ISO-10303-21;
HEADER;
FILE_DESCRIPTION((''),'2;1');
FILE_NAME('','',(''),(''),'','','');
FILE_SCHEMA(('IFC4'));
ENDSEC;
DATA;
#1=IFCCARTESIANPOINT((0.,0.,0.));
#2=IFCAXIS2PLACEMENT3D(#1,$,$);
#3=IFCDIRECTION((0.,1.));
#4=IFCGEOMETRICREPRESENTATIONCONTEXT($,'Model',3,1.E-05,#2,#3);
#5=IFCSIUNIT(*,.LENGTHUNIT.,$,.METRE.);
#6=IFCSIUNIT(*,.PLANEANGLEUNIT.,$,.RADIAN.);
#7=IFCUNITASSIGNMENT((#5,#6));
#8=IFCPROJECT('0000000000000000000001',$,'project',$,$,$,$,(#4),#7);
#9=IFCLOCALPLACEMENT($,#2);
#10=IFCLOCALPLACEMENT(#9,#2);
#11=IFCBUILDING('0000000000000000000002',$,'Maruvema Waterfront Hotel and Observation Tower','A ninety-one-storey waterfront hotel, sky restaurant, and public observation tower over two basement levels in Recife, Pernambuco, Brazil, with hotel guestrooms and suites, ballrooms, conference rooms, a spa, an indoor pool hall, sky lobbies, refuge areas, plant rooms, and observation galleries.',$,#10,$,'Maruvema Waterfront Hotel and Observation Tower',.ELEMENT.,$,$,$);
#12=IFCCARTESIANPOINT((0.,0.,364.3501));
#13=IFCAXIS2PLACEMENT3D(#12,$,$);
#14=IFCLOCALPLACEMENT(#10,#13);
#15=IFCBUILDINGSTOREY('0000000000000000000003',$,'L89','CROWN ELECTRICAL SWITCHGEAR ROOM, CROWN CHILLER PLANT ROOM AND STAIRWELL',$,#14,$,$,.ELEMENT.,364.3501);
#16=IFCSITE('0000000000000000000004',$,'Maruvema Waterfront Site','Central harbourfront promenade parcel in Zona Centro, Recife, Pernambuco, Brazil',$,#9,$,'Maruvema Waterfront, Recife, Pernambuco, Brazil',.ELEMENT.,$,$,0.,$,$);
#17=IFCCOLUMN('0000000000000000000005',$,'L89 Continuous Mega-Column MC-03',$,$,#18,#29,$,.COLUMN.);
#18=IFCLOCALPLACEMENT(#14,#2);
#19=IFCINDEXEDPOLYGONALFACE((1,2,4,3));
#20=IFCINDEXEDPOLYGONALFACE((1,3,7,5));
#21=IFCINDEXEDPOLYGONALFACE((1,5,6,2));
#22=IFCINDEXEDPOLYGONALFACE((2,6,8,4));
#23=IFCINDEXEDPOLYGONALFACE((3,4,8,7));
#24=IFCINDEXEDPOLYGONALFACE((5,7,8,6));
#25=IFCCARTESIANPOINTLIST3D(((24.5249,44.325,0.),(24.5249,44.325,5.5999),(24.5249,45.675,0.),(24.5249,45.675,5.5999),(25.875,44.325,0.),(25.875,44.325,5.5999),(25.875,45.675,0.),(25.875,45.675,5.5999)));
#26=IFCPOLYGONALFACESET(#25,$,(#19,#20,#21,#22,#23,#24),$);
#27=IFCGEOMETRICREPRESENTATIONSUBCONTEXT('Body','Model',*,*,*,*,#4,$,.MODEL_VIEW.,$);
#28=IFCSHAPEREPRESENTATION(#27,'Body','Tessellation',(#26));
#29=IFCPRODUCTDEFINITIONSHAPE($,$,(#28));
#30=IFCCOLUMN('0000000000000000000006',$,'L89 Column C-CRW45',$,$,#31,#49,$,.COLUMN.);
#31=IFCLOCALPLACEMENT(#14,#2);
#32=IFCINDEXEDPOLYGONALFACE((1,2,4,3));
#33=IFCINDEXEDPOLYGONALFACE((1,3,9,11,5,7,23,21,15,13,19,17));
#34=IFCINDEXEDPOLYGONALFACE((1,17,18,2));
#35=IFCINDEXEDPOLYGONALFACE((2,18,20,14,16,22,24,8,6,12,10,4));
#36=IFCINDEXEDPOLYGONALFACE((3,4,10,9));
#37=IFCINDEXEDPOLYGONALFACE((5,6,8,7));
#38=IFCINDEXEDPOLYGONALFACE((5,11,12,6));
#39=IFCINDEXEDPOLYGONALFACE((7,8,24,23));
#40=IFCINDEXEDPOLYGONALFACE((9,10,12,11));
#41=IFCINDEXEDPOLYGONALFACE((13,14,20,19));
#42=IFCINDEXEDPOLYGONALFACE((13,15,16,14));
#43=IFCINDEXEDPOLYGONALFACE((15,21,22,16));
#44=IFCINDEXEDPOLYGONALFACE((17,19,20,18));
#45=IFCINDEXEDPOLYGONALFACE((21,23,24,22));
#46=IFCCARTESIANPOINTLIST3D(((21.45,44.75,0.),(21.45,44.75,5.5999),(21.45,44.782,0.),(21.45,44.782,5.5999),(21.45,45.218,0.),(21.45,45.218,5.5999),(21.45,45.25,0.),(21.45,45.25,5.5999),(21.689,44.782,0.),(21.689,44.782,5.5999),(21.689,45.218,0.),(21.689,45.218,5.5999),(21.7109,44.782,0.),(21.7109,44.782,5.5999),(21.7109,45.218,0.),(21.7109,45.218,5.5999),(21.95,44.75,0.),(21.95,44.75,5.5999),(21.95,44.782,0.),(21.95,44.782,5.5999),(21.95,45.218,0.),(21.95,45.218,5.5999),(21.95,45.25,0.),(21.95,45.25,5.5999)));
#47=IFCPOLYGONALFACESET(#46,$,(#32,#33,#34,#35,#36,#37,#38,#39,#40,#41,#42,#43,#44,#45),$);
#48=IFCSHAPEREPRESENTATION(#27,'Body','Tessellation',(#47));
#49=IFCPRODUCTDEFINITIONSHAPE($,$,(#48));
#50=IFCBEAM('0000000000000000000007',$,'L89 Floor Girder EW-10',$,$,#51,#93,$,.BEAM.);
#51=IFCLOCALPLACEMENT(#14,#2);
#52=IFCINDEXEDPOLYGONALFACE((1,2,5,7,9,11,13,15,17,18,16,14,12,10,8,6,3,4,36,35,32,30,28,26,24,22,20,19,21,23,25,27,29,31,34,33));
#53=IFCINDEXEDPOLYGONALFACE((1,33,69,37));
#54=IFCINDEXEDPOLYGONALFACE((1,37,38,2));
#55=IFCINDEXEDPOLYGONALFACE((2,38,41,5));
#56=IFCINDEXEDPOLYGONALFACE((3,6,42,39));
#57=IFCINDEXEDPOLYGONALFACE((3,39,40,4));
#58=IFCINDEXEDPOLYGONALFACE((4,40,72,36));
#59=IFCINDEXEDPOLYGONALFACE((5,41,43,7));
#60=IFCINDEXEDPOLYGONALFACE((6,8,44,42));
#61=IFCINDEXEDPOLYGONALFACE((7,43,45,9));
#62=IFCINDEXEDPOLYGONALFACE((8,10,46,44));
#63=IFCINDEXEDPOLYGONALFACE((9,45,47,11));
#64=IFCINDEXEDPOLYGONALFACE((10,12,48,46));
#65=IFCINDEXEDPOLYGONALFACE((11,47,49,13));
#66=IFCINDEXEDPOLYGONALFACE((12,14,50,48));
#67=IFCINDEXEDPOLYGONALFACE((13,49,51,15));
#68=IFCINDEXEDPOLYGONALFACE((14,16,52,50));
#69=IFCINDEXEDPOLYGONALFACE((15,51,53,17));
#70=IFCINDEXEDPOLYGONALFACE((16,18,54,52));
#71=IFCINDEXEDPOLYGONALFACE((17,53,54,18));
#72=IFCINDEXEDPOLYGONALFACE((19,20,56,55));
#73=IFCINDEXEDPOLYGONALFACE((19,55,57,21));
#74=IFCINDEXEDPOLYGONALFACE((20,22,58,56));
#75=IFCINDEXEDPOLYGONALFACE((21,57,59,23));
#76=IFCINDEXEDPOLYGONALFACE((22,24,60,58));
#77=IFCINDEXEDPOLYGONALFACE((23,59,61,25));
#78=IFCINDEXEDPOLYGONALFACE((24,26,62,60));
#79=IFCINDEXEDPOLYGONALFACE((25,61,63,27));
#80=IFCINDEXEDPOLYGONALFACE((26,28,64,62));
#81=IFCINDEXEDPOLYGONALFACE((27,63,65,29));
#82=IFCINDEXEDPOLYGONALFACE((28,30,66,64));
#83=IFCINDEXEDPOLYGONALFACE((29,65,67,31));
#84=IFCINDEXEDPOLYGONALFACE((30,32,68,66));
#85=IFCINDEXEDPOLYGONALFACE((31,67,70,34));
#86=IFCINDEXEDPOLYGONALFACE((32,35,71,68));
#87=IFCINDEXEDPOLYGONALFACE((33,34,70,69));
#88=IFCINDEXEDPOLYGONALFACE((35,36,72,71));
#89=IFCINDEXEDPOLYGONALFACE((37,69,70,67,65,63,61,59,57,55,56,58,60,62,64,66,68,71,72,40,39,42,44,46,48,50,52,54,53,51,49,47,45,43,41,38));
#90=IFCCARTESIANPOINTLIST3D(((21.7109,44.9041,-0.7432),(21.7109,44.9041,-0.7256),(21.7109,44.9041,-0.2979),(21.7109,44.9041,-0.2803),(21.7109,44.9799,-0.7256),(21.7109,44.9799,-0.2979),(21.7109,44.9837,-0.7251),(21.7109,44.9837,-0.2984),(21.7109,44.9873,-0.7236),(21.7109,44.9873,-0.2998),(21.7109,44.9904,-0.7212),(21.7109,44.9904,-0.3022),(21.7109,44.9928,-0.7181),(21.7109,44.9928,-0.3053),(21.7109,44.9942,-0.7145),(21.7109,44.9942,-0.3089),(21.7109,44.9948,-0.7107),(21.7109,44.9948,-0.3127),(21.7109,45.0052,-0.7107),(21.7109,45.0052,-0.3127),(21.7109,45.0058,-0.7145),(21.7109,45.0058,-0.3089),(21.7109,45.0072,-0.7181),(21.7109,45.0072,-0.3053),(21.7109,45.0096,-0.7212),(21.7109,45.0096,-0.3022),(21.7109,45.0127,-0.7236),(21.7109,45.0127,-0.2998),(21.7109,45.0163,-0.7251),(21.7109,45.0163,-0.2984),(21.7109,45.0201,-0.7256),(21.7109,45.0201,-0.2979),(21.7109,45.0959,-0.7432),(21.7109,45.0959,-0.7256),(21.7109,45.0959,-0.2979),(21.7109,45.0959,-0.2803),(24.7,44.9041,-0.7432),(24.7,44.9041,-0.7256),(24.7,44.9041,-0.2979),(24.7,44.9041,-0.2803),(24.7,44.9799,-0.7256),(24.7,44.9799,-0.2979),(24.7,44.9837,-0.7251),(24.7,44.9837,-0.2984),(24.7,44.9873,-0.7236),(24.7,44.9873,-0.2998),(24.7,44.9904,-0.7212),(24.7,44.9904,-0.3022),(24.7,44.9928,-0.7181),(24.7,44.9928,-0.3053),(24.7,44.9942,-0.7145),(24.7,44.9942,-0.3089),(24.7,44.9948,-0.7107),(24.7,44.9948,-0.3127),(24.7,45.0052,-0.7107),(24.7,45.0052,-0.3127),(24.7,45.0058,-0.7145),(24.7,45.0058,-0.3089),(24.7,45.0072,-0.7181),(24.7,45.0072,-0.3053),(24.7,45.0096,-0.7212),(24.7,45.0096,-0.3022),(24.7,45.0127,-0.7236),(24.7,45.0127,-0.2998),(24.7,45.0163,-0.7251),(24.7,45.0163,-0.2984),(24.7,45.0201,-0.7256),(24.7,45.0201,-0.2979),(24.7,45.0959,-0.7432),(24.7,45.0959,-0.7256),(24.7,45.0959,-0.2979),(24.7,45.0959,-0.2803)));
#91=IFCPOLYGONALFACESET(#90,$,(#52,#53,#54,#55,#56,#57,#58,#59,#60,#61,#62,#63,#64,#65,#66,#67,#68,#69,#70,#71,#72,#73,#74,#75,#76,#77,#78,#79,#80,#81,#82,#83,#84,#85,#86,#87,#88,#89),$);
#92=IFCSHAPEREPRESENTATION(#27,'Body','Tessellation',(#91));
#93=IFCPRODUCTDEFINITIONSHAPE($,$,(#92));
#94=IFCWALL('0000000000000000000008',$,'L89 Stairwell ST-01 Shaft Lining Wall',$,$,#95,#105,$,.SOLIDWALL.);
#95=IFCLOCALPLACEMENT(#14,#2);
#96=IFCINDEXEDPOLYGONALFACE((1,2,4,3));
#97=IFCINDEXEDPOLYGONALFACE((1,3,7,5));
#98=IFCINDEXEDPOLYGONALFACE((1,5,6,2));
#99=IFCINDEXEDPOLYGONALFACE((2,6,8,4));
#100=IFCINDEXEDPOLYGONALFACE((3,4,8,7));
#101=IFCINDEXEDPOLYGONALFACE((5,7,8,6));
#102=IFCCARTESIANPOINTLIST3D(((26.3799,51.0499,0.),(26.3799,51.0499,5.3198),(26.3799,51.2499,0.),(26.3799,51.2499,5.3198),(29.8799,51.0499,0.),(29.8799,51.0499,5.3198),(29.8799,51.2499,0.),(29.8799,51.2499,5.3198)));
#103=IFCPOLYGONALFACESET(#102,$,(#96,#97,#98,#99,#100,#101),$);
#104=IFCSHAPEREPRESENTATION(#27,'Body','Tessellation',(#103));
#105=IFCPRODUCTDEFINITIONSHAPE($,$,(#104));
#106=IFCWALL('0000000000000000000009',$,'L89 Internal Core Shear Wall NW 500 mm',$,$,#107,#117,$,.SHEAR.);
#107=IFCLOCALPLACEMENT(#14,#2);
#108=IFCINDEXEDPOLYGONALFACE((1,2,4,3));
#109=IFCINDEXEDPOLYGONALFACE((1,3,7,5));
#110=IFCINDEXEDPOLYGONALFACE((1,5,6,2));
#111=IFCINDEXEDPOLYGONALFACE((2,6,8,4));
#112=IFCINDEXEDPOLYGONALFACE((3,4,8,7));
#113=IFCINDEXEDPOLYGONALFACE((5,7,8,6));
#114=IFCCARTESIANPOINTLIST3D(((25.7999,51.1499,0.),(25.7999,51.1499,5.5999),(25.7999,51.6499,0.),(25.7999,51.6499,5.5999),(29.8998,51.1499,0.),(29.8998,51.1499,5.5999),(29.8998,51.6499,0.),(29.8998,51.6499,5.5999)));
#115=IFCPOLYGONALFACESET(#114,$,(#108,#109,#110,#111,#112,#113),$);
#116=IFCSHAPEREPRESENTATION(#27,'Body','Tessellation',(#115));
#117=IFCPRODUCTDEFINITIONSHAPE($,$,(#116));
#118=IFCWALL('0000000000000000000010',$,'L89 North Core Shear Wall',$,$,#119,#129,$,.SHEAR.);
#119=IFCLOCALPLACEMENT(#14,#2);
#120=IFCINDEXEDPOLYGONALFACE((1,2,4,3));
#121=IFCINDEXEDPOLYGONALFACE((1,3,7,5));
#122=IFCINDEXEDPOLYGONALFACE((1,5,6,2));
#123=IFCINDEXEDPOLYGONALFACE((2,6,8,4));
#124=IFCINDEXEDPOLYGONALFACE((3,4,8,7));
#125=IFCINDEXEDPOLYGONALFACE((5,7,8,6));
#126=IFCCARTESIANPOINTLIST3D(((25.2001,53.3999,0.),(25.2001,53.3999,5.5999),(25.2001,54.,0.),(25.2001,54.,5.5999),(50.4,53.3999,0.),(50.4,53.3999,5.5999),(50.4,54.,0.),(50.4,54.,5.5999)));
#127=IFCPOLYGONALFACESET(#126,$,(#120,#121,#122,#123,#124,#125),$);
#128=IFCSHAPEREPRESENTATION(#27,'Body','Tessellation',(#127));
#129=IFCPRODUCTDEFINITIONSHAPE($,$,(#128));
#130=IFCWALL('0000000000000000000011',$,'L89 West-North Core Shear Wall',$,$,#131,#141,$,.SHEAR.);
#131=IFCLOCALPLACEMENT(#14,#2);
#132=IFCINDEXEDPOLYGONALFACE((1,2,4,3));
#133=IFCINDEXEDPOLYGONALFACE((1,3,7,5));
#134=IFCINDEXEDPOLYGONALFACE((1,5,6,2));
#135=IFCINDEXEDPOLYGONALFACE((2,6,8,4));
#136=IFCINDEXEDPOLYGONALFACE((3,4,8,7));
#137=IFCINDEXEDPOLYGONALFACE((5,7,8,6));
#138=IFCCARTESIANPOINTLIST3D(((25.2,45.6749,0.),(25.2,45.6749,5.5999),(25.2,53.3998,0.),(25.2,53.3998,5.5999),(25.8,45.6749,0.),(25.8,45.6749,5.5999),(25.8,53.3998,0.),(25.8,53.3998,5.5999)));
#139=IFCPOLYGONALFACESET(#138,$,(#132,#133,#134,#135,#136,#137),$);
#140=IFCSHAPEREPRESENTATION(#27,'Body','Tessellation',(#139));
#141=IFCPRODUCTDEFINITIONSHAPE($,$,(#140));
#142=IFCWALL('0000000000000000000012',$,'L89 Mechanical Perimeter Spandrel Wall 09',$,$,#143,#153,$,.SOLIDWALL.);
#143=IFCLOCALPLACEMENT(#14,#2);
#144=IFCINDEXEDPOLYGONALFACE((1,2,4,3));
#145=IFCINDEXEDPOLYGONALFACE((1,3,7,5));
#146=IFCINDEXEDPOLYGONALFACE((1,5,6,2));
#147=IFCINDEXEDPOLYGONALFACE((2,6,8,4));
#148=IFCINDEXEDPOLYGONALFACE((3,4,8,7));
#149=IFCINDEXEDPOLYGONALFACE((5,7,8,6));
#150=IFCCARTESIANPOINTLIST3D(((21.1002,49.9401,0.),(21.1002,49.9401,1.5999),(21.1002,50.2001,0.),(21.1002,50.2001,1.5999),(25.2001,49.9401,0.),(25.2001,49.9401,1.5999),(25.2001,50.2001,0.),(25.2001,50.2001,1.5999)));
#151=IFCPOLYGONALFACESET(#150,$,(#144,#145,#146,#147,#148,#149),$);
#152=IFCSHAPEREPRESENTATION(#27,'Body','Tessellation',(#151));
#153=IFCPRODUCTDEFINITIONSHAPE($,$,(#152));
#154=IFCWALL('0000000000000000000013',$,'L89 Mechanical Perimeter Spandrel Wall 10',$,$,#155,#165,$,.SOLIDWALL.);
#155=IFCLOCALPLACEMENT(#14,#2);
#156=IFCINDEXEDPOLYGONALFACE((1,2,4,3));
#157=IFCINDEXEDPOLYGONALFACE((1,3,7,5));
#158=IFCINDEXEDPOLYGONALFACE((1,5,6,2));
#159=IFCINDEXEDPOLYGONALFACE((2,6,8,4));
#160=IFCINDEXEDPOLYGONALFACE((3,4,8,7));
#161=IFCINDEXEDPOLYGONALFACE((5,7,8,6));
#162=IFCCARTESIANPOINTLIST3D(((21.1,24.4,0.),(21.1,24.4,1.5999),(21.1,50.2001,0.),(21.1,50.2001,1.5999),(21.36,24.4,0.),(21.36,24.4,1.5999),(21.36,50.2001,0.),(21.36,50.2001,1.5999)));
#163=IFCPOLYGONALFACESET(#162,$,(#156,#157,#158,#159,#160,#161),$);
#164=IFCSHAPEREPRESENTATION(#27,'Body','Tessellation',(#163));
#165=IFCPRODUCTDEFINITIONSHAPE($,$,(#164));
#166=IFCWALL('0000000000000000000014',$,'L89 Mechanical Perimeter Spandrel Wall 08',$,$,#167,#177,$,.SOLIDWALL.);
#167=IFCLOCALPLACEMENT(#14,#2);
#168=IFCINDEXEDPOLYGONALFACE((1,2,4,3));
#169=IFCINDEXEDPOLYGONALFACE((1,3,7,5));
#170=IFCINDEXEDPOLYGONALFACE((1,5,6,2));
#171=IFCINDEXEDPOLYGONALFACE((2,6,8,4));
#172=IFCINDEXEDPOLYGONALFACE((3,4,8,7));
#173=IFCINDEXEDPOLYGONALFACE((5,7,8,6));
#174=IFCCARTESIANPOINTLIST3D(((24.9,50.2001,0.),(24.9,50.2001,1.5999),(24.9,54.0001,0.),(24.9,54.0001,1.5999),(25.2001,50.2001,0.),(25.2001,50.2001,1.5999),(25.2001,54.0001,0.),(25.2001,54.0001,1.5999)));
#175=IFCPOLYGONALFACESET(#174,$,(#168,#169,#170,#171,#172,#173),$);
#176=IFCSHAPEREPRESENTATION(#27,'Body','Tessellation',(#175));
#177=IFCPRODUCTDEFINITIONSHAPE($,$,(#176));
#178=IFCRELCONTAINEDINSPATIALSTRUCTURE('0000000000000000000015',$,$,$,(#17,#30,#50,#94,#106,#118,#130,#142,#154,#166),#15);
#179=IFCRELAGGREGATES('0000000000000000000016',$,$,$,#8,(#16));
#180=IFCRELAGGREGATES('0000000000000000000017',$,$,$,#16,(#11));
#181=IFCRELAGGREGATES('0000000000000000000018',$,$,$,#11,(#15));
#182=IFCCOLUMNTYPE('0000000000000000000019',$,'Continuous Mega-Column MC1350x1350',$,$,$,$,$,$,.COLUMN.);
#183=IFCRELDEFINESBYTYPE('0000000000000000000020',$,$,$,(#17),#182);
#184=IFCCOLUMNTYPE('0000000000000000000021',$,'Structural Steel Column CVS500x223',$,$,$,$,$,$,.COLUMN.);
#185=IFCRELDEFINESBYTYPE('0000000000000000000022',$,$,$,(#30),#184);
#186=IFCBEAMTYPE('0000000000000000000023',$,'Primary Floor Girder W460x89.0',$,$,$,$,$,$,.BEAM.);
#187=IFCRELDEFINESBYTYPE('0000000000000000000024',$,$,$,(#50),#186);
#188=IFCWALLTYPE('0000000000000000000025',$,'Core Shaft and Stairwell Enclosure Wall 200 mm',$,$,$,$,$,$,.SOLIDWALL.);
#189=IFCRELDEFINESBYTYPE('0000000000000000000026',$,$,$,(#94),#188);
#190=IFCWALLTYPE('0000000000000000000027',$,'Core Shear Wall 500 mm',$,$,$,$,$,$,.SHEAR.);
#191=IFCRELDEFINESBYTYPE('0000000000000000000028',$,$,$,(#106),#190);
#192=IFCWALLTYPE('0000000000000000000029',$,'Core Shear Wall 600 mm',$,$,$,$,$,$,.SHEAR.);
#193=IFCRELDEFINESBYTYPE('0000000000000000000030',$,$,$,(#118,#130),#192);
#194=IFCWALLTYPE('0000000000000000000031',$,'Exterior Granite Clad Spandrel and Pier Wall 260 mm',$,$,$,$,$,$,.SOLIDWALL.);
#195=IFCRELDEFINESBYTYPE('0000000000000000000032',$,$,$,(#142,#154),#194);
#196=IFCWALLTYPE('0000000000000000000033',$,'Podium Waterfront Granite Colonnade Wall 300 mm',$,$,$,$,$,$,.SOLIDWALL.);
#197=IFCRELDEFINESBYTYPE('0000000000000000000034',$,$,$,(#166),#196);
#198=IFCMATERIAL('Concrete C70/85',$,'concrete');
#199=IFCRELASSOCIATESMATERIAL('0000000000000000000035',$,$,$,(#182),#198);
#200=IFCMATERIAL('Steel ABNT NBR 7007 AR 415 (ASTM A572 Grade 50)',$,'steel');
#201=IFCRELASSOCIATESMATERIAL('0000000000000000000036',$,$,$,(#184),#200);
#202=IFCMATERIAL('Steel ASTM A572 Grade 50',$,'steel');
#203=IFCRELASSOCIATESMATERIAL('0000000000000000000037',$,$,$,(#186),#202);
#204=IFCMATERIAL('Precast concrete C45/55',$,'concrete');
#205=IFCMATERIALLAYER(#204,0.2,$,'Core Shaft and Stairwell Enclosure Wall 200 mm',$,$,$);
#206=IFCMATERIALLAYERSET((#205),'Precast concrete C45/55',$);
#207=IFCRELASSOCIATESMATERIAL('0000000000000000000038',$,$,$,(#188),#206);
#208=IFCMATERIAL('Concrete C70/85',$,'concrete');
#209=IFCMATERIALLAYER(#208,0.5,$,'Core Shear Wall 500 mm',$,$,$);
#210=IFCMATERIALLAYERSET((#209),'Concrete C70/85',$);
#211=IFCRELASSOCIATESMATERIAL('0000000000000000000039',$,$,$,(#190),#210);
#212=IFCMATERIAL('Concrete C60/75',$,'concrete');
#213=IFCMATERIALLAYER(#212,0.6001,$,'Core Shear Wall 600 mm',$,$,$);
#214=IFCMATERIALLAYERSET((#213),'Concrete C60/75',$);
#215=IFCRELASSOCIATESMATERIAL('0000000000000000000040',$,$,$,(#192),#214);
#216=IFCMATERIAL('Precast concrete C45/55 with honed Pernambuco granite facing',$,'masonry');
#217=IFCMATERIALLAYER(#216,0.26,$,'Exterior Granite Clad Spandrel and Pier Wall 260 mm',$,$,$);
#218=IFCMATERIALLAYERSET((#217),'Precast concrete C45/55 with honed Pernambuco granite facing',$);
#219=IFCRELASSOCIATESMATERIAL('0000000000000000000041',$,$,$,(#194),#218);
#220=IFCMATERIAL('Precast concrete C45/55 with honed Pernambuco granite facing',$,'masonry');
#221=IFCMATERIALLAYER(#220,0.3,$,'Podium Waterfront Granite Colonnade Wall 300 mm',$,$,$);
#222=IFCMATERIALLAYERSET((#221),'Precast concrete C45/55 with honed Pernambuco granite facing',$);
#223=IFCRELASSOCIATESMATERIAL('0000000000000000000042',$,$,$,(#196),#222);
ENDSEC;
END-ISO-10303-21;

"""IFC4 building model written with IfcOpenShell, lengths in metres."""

from ifc_helpers import new_model, si_unit, direction, frame, frame_2d, origin, origin_2d, place, context, subcontext, project, spatial, rectangle, i_section, extrude, material, layer, layer_set, material_profile, profile_set, type_object, element, save


model = new_model("IFC4")

# Units and contexts
model_context = context("Model", 3, precision=1e-05, world=origin(), true_north=direction((0.0, 1.0)))
body_context = subcontext(model_context, "Body", "Model", "MODEL_VIEW")
ifc_project = project(units=[si_unit("LENGTHUNIT", "METRE"), si_unit("PLANEANGLEUNIT", "RADIAN")], contexts=[model_context])

# Site, building, storey
site_placement = place(None, origin())
site = spatial("IfcSite", under=ifc_project, at=site_placement, Name="Maruvema Waterfront Site", Description="Central harbourfront promenade parcel in Zona Centro, Recife, Pernambuco, Brazil", LongName="Maruvema Waterfront, Recife, Pernambuco, Brazil", CompositionType="ELEMENT", RefElevation=0.0)
building_placement = place(site_placement, origin())
building = spatial("IfcBuilding", under=site, at=building_placement, Name="Maruvema Waterfront Hotel and Observation Tower", Description="A ninety-one-storey waterfront hotel, sky restaurant, and public observation tower over two basement levels in Recife, Pernambuco, Brazil, with hotel guestrooms and suites, ballrooms, conference rooms, a spa, an indoor pool hall, sky lobbies, refuge areas, plant rooms, and observation galleries.", LongName="Maruvema Waterfront Hotel and Observation Tower", CompositionType="ELEMENT")
storey_placement = place(building_placement, frame((0.0, 0.0, 364.3501)))
storey = spatial("IfcBuildingStorey", under=building, at=storey_placement, Name="L89", Description="CROWN ELECTRICAL SWITCHGEAR ROOM, CROWN CHILLER PLANT ROOM AND STAIRWELL", CompositionType="ELEMENT", Elevation=364.3501)

# Columns
ifc_material_1 = material(Name="Concrete C70/85", Category="concrete")
ifc_material_profile_1 = material_profile(ifc_material_1, rectangle(XDim=1.3501, YDim=1.3501, at=origin_2d()), Name="MC1350x1350")
ifc_profile_set_1 = profile_set([ifc_material_profile_1], Name="Concrete C70/85")
column_type_1 = type_object("IfcColumnType", Name="Continuous Mega-Column MC1350x1350", PredefinedType="COLUMN", material=ifc_profile_set_1)
column_1_placement = place(storey_placement, frame((25.2, 45.0, 0.0), z_axis=(0.0, 0.0, 1.0), x_axis=(1.0, 0.0, 0.0)))
element("IfcColumn", 1, at=column_1_placement, inside=storey, type_object=column_type_1, Name="L89 Continuous Mega-Column MC-03", PredefinedType="COLUMN", context=body_context, shape_type="SweptSolid", body=[
    extrude(rectangle(XDim=1.3501, YDim=1.3501, at=origin_2d()), origin(), (0.0, 0.0, 1.0), 5.5999),
])
ifc_material_2 = material(Name="Steel ABNT NBR 7007 AR 415 (ASTM A572 Grade 50)", Category="steel")
ifc_material_profile_2 = material_profile(ifc_material_2, i_section(OverallWidth=0.5, OverallDepth=0.5, WebThickness=0.022, FlangeThickness=0.032, at=origin_2d()), Name="CVS500x223")
ifc_profile_set_2 = profile_set([ifc_material_profile_2], Name="Steel ABNT NBR 7007 AR 415 (ASTM A572 Grade 50)")
column_type_2 = type_object("IfcColumnType", Name="Structural Steel Column CVS500x223", PredefinedType="COLUMN", material=ifc_profile_set_2)
column_2_placement = place(storey_placement, frame((21.7, 45.0, 0.0), z_axis=(0.0, 0.0, 1.0), x_axis=(1.0, 0.0, 0.0)))
element("IfcColumn", 2, at=column_2_placement, inside=storey, type_object=column_type_2, Name="L89 Column C-CRW45", PredefinedType="COLUMN", context=body_context, shape_type="SweptSolid", body=[
    extrude(i_section(OverallWidth=0.5, OverallDepth=0.5, WebThickness=0.022, FlangeThickness=0.032, at=origin_2d()), origin(), (0.0, 0.0, 1.0), 5.5999),
])

# Beam
ifc_material_3 = material(Name="Steel ASTM A572 Grade 50", Category="steel")
ifc_material_profile_3 = material_profile(ifc_material_3, i_section(OverallWidth=0.1919, OverallDepth=0.4629, WebThickness=0.0105, FlangeThickness=0.0176, FilletRadius=0.0149, at=origin_2d()), Name="W460x89.0")
ifc_profile_set_3 = profile_set([ifc_material_profile_3], Name="Steel ASTM A572 Grade 50")
beam_type = type_object("IfcBeamType", Name="Primary Floor Girder W460x89.0", PredefinedType="BEAM", material=ifc_profile_set_3)
beam_placement = place(storey_placement, frame((21.7109, 45.0, -0.5117), z_axis=(1.0, 0.0, 0.0), x_axis=(0.0, 1.0, 0.0)))
element("IfcBeam", 3, at=beam_placement, inside=storey, type_object=beam_type, Name="L89 Floor Girder EW-10", PredefinedType="BEAM", context=body_context, shape_type="SweptSolid", body=[
    extrude(i_section(OverallWidth=0.1919, OverallDepth=0.4629, WebThickness=0.0105, FlangeThickness=0.0176, FilletRadius=0.0149, at=origin_2d()), origin(), (0.0, 0.0, 1.0), 2.989),
])

# Walls
ifc_material_4 = material(Name="Precast concrete C45/55", Category="concrete")
ifc_layer_1 = layer(ifc_material_4, 0.2, Name="Core Shaft and Stairwell Enclosure Wall 200 mm")
ifc_layer_set_1 = layer_set([ifc_layer_1], Name="Precast concrete C45/55")
wall_type_1 = type_object("IfcWallType", Name="Core Shaft and Stairwell Enclosure Wall 200 mm", PredefinedType="SOLIDWALL", material=ifc_layer_set_1)
wall_1_placement = place(storey_placement, frame((26.3799, 51.1499, 0.0), z_axis=(0.0, 0.0, 1.0), x_axis=(1.0, 0.0, 0.0)))
element("IfcWall", 4, at=wall_1_placement, inside=storey, type_object=wall_type_1, Name="L89 Stairwell ST-01 Shaft Lining Wall", PredefinedType="SOLIDWALL", context=body_context, shape_type="SweptSolid", body=[
    extrude(rectangle(XDim=3.5, YDim=0.2, at=frame_2d((1.75, 0.0))), origin(), (0.0, 0.0, 1.0), 5.3198),
])
ifc_material_5 = material(Name="Concrete C70/85", Category="concrete")
ifc_layer_2 = layer(ifc_material_5, 0.5, Name="Core Shear Wall 500 mm")
ifc_layer_set_2 = layer_set([ifc_layer_2], Name="Concrete C70/85")
wall_type_2 = type_object("IfcWallType", Name="Core Shear Wall 500 mm", PredefinedType="SHEAR", material=ifc_layer_set_2)
wall_2_placement = place(storey_placement, frame((25.8, 51.3999, 0.0), z_axis=(0.0, 0.0, 1.0), x_axis=(1.0, 0.0, 0.0)))
element("IfcWall", 5, at=wall_2_placement, inside=storey, type_object=wall_type_2, Name="L89 Internal Core Shear Wall NW 500 mm", PredefinedType="SHEAR", context=body_context, shape_type="SweptSolid", body=[
    extrude(rectangle(XDim=4.0999, YDim=0.5, at=frame_2d((2.0498, 0.0))), origin(), (0.0, 0.0, 1.0), 5.5999),
])
ifc_material_6 = material(Name="Concrete C60/75", Category="concrete")
ifc_layer_3 = layer(ifc_material_6, 0.6001, Name="Core Shear Wall 600 mm")
ifc_layer_set_3 = layer_set([ifc_layer_3], Name="Concrete C60/75")
wall_type_3 = type_object("IfcWallType", Name="Core Shear Wall 600 mm", PredefinedType="SHEAR", material=ifc_layer_set_3)
wall_3_placement = place(storey_placement, frame((25.2, 53.7, 0.0), z_axis=(0.0, 0.0, 1.0), x_axis=(1.0, 0.0, 0.0)))
element("IfcWall", 6, at=wall_3_placement, inside=storey, type_object=wall_type_3, Name="L89 North Core Shear Wall", PredefinedType="SHEAR", context=body_context, shape_type="SweptSolid", body=[
    extrude(rectangle(XDim=25.2, YDim=0.6001, at=frame_2d((12.6001, 0.0))), origin(), (0.0, 0.0, 1.0), 5.5999),
])
wall_4_placement = place(storey_placement, frame((25.5, 45.675, 0.0), z_axis=(0.0, 0.0, 1.0), x_axis=(0.0, 1.0, 0.0)))
element("IfcWall", 7, at=wall_4_placement, inside=storey, type_object=wall_type_3, Name="L89 West-North Core Shear Wall", PredefinedType="SHEAR", context=body_context, shape_type="SweptSolid", body=[
    extrude(rectangle(XDim=7.7249, YDim=0.6001, at=frame_2d((3.8623, 0.0))), origin(), (0.0, 0.0, 1.0), 5.5999),
])
ifc_material_7 = material(Name="Precast concrete C45/55 with honed Pernambuco granite facing", Category="masonry")
ifc_layer_4 = layer(ifc_material_7, 0.26, Name="Exterior Granite Clad Spandrel and Pier Wall 260 mm")
ifc_layer_set_4 = layer_set([ifc_layer_4], Name="Precast concrete C45/55 with honed Pernambuco granite facing")
wall_type_4 = type_object("IfcWallType", Name="Exterior Granite Clad Spandrel and Pier Wall 260 mm", PredefinedType="SOLIDWALL", material=ifc_layer_set_4)
wall_5_placement = place(storey_placement, frame((25.2, 50.0701, 0.0), z_axis=(0.0, 0.0, 1.0), x_axis=(-1.0, 0.0, 0.0)))
element("IfcWall", 8, at=wall_5_placement, inside=storey, type_object=wall_type_4, Name="L89 Mechanical Perimeter Spandrel Wall 09", PredefinedType="SOLIDWALL", context=body_context, shape_type="SweptSolid", body=[
    extrude(rectangle(XDim=4.0999, YDim=0.26, at=frame_2d((2.0498, 0.0))), origin(), (0.0, 0.0, 1.0), 1.5999),
])
wall_6_placement = place(storey_placement, frame((21.23, 50.2, 0.0), z_axis=(0.0, 0.0, 1.0), x_axis=(0.0, -1.0, 0.0)))
element("IfcWall", 9, at=wall_6_placement, inside=storey, type_object=wall_type_4, Name="L89 Mechanical Perimeter Spandrel Wall 10", PredefinedType="SOLIDWALL", context=body_context, shape_type="SweptSolid", body=[
    extrude(rectangle(XDim=25.8, YDim=0.26, at=frame_2d((12.8999, 0.0))), origin(), (0.0, 0.0, 1.0), 1.5999),
])
ifc_material_8 = material(Name="Precast concrete C45/55 with honed Pernambuco granite facing", Category="masonry")
ifc_layer_5 = layer(ifc_material_8, 0.3, Name="Podium Waterfront Granite Colonnade Wall 300 mm")
ifc_layer_set_5 = layer_set([ifc_layer_5], Name="Precast concrete C45/55 with honed Pernambuco granite facing")
wall_type_5 = type_object("IfcWallType", Name="Podium Waterfront Granite Colonnade Wall 300 mm", PredefinedType="SOLIDWALL", material=ifc_layer_set_5)
wall_7_placement = place(storey_placement, frame((25.05, 54.0, 0.0), z_axis=(0.0, 0.0, 1.0), x_axis=(0.0, -1.0, 0.0)))
element("IfcWall", 10, at=wall_7_placement, inside=storey, type_object=wall_type_5, Name="L89 Mechanical Perimeter Spandrel Wall 08", PredefinedType="SOLIDWALL", context=body_context, shape_type="SweptSolid", body=[
    extrude(rectangle(XDim=3.8, YDim=0.3, at=frame_2d((1.8999, 0.0))), origin(), (0.0, 0.0, 1.0), 1.5999),
])

save(model, "model.ifc")
